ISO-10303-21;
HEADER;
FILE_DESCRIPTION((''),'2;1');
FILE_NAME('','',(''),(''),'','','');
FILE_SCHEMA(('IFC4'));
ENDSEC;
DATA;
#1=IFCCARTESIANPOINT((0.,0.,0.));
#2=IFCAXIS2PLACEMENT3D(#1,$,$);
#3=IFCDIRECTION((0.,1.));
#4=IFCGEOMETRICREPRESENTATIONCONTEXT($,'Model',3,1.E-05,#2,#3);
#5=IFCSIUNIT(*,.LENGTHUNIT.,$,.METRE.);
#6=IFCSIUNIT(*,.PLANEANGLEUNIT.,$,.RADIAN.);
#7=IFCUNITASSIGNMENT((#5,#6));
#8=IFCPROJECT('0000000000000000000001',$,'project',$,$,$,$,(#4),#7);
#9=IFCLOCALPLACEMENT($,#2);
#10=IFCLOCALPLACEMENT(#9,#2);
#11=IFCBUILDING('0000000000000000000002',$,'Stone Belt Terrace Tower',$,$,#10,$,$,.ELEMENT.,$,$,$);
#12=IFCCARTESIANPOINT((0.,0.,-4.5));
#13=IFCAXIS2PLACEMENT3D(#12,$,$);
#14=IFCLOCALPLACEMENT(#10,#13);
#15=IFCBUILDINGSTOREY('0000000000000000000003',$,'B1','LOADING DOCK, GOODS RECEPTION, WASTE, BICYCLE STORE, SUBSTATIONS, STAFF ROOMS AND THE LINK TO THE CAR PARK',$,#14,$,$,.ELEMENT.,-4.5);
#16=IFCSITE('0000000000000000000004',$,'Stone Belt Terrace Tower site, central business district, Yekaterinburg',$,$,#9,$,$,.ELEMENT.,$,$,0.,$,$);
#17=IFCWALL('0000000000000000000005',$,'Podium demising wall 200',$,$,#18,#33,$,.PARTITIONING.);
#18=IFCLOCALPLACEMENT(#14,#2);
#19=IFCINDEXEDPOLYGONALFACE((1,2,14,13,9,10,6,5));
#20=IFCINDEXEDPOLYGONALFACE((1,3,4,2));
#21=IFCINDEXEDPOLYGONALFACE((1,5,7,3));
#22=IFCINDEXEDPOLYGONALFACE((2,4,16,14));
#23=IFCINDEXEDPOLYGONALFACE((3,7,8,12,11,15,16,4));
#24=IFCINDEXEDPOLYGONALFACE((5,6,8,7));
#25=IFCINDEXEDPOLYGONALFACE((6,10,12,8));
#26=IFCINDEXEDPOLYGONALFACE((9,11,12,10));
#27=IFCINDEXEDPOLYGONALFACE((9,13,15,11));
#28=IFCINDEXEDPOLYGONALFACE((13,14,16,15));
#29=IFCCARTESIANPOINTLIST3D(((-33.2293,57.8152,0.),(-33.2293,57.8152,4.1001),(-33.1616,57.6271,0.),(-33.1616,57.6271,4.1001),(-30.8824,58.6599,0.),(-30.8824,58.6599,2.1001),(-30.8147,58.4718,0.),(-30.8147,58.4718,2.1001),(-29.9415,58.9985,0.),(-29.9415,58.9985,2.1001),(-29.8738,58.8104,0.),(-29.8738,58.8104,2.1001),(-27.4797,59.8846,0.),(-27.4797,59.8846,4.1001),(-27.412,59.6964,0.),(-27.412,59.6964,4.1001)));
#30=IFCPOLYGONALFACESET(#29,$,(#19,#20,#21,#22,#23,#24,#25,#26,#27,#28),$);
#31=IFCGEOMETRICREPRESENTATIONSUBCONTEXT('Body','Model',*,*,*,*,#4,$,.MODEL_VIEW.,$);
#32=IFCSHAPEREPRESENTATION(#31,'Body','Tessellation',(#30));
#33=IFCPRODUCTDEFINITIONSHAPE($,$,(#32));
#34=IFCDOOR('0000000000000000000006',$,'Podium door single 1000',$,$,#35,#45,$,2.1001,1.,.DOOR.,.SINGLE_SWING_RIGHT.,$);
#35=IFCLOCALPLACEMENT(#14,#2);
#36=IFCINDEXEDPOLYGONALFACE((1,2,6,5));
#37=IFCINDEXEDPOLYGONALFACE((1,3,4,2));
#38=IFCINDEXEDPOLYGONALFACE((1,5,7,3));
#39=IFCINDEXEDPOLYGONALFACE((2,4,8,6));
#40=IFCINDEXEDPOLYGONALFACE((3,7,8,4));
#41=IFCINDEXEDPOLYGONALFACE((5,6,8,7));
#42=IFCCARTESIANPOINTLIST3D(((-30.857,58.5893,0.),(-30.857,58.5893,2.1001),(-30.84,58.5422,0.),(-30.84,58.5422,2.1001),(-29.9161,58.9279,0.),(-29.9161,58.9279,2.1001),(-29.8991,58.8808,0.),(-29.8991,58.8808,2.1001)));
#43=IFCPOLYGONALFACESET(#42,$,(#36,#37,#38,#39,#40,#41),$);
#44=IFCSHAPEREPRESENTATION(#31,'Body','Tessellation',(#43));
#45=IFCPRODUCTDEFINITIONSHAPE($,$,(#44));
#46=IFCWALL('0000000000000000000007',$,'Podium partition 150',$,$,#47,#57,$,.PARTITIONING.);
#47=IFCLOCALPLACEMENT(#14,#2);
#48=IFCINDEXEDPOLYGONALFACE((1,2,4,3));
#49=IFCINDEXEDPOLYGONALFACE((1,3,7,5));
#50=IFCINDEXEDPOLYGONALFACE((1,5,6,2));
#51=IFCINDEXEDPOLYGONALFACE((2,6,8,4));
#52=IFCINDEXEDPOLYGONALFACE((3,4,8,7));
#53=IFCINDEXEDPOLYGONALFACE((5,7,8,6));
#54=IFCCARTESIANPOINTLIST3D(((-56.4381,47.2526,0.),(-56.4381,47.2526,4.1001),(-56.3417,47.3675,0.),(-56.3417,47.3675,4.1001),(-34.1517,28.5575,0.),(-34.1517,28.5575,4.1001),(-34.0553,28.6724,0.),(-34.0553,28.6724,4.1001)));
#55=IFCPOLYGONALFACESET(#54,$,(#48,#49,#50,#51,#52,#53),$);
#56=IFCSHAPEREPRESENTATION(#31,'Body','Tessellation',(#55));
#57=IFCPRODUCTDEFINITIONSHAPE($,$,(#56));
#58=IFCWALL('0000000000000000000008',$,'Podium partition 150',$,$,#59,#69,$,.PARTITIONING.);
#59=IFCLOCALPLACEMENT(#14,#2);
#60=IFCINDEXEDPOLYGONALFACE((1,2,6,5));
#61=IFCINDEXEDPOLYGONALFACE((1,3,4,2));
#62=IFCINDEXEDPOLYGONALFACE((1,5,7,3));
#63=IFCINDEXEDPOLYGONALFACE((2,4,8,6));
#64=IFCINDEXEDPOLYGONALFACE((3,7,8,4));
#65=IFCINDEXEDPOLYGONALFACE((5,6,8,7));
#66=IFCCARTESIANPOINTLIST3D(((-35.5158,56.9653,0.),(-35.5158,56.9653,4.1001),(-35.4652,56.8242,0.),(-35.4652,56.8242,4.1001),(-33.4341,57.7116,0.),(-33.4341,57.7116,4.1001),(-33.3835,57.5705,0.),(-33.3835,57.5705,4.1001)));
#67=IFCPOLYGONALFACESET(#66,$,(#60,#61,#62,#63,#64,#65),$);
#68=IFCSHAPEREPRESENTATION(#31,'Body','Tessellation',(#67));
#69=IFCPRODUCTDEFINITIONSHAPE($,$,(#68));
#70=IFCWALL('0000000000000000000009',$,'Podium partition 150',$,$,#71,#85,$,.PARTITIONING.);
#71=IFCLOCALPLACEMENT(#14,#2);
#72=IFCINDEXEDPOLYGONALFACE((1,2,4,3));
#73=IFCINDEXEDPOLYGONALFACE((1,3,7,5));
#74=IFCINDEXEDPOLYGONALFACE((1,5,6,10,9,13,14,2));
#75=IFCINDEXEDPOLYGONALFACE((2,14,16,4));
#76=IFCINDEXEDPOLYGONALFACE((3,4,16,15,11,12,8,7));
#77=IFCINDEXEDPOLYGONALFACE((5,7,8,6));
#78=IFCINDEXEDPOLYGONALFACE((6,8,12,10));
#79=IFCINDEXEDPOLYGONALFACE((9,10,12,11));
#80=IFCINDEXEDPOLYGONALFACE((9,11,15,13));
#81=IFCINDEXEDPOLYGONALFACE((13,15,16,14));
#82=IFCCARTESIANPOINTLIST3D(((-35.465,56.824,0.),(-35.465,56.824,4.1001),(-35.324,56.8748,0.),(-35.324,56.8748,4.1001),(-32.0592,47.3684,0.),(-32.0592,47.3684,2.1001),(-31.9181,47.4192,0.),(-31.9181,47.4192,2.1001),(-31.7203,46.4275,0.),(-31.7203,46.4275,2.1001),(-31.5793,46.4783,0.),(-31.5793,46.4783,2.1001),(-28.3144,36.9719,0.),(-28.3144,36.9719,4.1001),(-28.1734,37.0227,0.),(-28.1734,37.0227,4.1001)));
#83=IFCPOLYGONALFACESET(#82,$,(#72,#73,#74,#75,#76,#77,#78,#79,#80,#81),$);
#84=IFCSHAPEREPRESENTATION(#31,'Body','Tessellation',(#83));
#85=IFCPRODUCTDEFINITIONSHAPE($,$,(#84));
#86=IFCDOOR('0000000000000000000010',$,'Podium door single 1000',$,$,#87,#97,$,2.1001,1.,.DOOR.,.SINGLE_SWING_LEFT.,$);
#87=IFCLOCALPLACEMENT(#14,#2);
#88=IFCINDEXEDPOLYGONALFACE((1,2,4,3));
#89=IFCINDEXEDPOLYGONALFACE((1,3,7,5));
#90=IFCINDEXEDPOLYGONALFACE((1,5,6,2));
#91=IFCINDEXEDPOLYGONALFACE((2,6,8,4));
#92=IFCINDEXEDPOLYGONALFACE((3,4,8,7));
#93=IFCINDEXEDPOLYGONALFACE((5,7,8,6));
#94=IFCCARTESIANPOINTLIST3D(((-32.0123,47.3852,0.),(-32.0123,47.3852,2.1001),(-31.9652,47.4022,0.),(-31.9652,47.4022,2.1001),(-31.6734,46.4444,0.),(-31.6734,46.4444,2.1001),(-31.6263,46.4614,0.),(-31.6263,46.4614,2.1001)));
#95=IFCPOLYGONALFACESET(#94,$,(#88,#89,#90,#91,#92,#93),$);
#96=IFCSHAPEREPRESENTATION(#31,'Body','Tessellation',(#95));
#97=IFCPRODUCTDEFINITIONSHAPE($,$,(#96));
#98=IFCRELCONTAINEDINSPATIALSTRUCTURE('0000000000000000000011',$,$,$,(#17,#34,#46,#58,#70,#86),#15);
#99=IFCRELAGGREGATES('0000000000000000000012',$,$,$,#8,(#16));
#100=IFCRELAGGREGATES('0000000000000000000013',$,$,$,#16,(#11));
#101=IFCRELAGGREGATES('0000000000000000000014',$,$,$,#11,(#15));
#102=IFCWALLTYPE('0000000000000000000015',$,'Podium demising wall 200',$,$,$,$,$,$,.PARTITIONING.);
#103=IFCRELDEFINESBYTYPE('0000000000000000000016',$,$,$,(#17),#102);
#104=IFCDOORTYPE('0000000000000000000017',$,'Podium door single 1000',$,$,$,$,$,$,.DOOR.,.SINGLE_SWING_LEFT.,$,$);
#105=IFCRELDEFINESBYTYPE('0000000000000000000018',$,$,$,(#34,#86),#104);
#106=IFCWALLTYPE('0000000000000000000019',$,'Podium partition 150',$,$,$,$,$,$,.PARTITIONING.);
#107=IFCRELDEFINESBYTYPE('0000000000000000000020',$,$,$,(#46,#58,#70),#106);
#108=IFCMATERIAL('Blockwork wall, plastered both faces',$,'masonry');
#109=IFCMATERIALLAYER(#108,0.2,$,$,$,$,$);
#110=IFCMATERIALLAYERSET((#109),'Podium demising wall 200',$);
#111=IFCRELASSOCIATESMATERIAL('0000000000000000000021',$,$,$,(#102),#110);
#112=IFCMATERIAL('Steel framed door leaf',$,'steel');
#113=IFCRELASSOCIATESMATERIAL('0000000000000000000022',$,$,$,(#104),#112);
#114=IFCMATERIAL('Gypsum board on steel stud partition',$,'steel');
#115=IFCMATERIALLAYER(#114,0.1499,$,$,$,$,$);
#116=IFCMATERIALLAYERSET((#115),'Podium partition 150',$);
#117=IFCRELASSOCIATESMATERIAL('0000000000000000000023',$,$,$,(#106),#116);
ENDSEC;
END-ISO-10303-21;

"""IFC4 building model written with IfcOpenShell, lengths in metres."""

from ifc_helpers import new_model, si_unit, direction, frame, frame_2d, origin, place, context, subcontext, project, spatial, rectangle, extrude, material, layer, layer_set, type_object, element, fill, save


model = new_model("IFC4")

# Units and contexts
model_context = context("Model", 3, precision=1e-05, world=origin(), true_north=direction((0.0, 1.0)))
body_context = subcontext(model_context, "Body", "Model", "MODEL_VIEW")
ifc_project = project(units=[si_unit("LENGTHUNIT", "METRE"), si_unit("PLANEANGLEUNIT", "RADIAN")], contexts=[model_context])

# Site, building, storey
site_placement = place(None, origin())
site = spatial("IfcSite", under=ifc_project, at=site_placement, Name="Stone Belt Terrace Tower site, central business district, Yekaterinburg", CompositionType="ELEMENT", RefElevation=0.0)
building_placement = place(site_placement, origin())
building = spatial("IfcBuilding", under=site, at=building_placement, Name="Stone Belt Terrace Tower", CompositionType="ELEMENT")
storey_placement = place(building_placement, frame((0.0, 0.0, -4.5)))
storey = spatial("IfcBuildingStorey", under=building, at=storey_placement, Name="B1", Description="LOADING DOCK, GOODS RECEPTION, WASTE, BICYCLE STORE, SUBSTATIONS, STAFF ROOMS AND THE LINK TO THE CAR PARK", CompositionType="ELEMENT", Elevation=-4.5)

# Shared definitions
ifc_material_1 = material(Name="Blockwork wall, plastered both faces", Category="masonry")
ifc_layer_1 = layer(ifc_material_1, 0.2)
ifc_layer_set_1 = layer_set([ifc_layer_1], Name="Podium demising wall 200")
wall_type_1 = type_object("IfcWallType", Name="Podium demising wall 200", PredefinedType="PARTITIONING", material=ifc_layer_set_1)

# Wall, opening, door
wall_1_placement = place(storey_placement, frame((-33.1953, 57.7212, 0.0), z_axis=(0.0, 0.0, 1.0), x_axis=(0.940913, 0.338649, 0.0)))
wall_1 = element("IfcWall", 1, at=wall_1_placement, inside=storey, type_object=wall_type_1, Name="Podium demising wall 200", PredefinedType="PARTITIONING", context=body_context, shape_type="SweptSolid", body=[
    extrude(rectangle(XDim=6.1106, YDim=0.2, at=frame_2d((3.0552, 0.0))), origin(), (0.0, 0.0, 1.0), 4.1001),
])
opening_1_placement = place(wall_1_placement, frame((2.4941, 0.0, 0.0)))
opening_1 = element("IfcOpeningElement", 2, at=opening_1_placement, cuts=wall_1, PredefinedType="OPENING", context=body_context, shape_type="SweptSolid", body=[
    extrude(rectangle(XDim=1.0, YDim=2.1001, at=frame_2d((0.5, 1.05))), frame((0.0, 0.1099, 0.0), z_axis=(0.0, -1.0, 0.0), x_axis=(1.0, 0.0, 0.0)), (0.0, 0.0, 1.0), 0.22),
])
ifc_material_2 = material(Name="Steel framed door leaf", Category="steel")
door_type = type_object("IfcDoorType", Name="Podium door single 1000", OperationType="SINGLE_SWING_LEFT", PredefinedType="DOOR", material=ifc_material_2)
door_1_placement = place(opening_1_placement, origin())
door_1 = element("IfcDoor", 3, at=door_1_placement, inside=storey, type_object=door_type, Name="Podium door single 1000", OperationType="SINGLE_SWING_RIGHT", OverallHeight=2.1001, OverallWidth=1.0, PredefinedType="DOOR", context=body_context, shape_type="SweptSolid", body=[
    extrude(rectangle(XDim=1.0, YDim=2.1001, at=frame_2d((0.5, 1.05))), frame((0.0, 0.0249, 0.0), z_axis=(0.0, -1.0, 0.0), x_axis=(1.0, 0.0, 0.0)), (0.0, 0.0, 1.0), 0.05),
])
fill(opening_1, door_1)

# Walls
ifc_material_3 = material(Name="Gypsum board on steel stud partition", Category="steel")
ifc_layer_2 = layer(ifc_material_3, 0.1499)
ifc_layer_set_2 = layer_set([ifc_layer_2], Name="Podium partition 150")
wall_type_2 = type_object("IfcWallType", Name="Podium partition 150", PredefinedType="PARTITIONING", material=ifc_layer_set_2)
wall_2_placement = place(storey_placement, frame((-56.3899, 47.3101, 0.0), z_axis=(0.0, 0.0, 1.0), x_axis=(0.766136, -0.642678, 0.0)))
element("IfcWall", 4, at=wall_2_placement, inside=storey, type_object=wall_type_2, Name="Podium partition 150", PredefinedType="PARTITIONING", context=body_context, shape_type="SweptSolid", body=[
    extrude(rectangle(XDim=29.0894, YDim=0.1499, at=frame_2d((14.5447, 0.0))), origin(), (0.0, 0.0, 1.0), 4.1001),
])
wall_3_placement = place(storey_placement, frame((-35.4905, 56.8948, 0.0), z_axis=(0.0, 0.0, 1.0), x_axis=(0.941334, 0.337476, 0.0)))
element("IfcWall", 5, at=wall_3_placement, inside=storey, type_object=wall_type_2, Name="Podium partition 150", PredefinedType="PARTITIONING", context=body_context, shape_type="SweptSolid", body=[
    extrude(rectangle(XDim=2.2114, YDim=0.1499, at=frame_2d((1.1057, 0.0))), origin(), (0.0, 0.0, 1.0), 4.1001),
])

# Wall, opening, door
wall_4_placement = place(storey_placement, frame((-35.3945, 56.8494, 0.0), z_axis=(0.0, 0.0, 1.0), x_axis=(0.338883, -0.940829, 0.0)))
wall_4 = element("IfcWall", 6, at=wall_4_placement, inside=storey, type_object=wall_type_2, Name="Podium partition 150", PredefinedType="PARTITIONING", context=body_context, shape_type="SweptSolid", body=[
    extrude(rectangle(XDim=21.1006, YDim=0.1499, at=frame_2d((10.5503, 0.0))), origin(), (0.0, 0.0, 1.0), 4.1001),
])
opening_2_placement = place(wall_4_placement, frame((10.0503, 0.0, 0.0)))
opening_2 = element("IfcOpeningElement", 7, at=opening_2_placement, cuts=wall_4, PredefinedType="OPENING", context=body_context, shape_type="SweptSolid", body=[
    extrude(rectangle(XDim=1.0, YDim=2.1001, at=frame_2d((0.5, 1.05))), frame((0.0, 0.085, 0.0), z_axis=(0.0, -1.0, 0.0), x_axis=(1.0, 0.0, 0.0)), (0.0, 0.0, 1.0), 0.1699),
])
door_2_placement = place(opening_2_placement, origin())
door_2 = element("IfcDoor", 8, at=door_2_placement, inside=storey, type_object=door_type, Name="Podium door single 1000", OperationType="SINGLE_SWING_LEFT", OverallHeight=2.1001, OverallWidth=1.0, PredefinedType="DOOR", context=body_context, shape_type="SweptSolid", body=[
    extrude(rectangle(XDim=1.0, YDim=2.1001, at=frame_2d((0.5, 1.05))), frame((0.0, 0.0249, 0.0), z_axis=(0.0, -1.0, 0.0), x_axis=(1.0, 0.0, 0.0)), (0.0, 0.0, 1.0), 0.05),
])
fill(opening_2, door_2)

save(model, "model.ifc")
